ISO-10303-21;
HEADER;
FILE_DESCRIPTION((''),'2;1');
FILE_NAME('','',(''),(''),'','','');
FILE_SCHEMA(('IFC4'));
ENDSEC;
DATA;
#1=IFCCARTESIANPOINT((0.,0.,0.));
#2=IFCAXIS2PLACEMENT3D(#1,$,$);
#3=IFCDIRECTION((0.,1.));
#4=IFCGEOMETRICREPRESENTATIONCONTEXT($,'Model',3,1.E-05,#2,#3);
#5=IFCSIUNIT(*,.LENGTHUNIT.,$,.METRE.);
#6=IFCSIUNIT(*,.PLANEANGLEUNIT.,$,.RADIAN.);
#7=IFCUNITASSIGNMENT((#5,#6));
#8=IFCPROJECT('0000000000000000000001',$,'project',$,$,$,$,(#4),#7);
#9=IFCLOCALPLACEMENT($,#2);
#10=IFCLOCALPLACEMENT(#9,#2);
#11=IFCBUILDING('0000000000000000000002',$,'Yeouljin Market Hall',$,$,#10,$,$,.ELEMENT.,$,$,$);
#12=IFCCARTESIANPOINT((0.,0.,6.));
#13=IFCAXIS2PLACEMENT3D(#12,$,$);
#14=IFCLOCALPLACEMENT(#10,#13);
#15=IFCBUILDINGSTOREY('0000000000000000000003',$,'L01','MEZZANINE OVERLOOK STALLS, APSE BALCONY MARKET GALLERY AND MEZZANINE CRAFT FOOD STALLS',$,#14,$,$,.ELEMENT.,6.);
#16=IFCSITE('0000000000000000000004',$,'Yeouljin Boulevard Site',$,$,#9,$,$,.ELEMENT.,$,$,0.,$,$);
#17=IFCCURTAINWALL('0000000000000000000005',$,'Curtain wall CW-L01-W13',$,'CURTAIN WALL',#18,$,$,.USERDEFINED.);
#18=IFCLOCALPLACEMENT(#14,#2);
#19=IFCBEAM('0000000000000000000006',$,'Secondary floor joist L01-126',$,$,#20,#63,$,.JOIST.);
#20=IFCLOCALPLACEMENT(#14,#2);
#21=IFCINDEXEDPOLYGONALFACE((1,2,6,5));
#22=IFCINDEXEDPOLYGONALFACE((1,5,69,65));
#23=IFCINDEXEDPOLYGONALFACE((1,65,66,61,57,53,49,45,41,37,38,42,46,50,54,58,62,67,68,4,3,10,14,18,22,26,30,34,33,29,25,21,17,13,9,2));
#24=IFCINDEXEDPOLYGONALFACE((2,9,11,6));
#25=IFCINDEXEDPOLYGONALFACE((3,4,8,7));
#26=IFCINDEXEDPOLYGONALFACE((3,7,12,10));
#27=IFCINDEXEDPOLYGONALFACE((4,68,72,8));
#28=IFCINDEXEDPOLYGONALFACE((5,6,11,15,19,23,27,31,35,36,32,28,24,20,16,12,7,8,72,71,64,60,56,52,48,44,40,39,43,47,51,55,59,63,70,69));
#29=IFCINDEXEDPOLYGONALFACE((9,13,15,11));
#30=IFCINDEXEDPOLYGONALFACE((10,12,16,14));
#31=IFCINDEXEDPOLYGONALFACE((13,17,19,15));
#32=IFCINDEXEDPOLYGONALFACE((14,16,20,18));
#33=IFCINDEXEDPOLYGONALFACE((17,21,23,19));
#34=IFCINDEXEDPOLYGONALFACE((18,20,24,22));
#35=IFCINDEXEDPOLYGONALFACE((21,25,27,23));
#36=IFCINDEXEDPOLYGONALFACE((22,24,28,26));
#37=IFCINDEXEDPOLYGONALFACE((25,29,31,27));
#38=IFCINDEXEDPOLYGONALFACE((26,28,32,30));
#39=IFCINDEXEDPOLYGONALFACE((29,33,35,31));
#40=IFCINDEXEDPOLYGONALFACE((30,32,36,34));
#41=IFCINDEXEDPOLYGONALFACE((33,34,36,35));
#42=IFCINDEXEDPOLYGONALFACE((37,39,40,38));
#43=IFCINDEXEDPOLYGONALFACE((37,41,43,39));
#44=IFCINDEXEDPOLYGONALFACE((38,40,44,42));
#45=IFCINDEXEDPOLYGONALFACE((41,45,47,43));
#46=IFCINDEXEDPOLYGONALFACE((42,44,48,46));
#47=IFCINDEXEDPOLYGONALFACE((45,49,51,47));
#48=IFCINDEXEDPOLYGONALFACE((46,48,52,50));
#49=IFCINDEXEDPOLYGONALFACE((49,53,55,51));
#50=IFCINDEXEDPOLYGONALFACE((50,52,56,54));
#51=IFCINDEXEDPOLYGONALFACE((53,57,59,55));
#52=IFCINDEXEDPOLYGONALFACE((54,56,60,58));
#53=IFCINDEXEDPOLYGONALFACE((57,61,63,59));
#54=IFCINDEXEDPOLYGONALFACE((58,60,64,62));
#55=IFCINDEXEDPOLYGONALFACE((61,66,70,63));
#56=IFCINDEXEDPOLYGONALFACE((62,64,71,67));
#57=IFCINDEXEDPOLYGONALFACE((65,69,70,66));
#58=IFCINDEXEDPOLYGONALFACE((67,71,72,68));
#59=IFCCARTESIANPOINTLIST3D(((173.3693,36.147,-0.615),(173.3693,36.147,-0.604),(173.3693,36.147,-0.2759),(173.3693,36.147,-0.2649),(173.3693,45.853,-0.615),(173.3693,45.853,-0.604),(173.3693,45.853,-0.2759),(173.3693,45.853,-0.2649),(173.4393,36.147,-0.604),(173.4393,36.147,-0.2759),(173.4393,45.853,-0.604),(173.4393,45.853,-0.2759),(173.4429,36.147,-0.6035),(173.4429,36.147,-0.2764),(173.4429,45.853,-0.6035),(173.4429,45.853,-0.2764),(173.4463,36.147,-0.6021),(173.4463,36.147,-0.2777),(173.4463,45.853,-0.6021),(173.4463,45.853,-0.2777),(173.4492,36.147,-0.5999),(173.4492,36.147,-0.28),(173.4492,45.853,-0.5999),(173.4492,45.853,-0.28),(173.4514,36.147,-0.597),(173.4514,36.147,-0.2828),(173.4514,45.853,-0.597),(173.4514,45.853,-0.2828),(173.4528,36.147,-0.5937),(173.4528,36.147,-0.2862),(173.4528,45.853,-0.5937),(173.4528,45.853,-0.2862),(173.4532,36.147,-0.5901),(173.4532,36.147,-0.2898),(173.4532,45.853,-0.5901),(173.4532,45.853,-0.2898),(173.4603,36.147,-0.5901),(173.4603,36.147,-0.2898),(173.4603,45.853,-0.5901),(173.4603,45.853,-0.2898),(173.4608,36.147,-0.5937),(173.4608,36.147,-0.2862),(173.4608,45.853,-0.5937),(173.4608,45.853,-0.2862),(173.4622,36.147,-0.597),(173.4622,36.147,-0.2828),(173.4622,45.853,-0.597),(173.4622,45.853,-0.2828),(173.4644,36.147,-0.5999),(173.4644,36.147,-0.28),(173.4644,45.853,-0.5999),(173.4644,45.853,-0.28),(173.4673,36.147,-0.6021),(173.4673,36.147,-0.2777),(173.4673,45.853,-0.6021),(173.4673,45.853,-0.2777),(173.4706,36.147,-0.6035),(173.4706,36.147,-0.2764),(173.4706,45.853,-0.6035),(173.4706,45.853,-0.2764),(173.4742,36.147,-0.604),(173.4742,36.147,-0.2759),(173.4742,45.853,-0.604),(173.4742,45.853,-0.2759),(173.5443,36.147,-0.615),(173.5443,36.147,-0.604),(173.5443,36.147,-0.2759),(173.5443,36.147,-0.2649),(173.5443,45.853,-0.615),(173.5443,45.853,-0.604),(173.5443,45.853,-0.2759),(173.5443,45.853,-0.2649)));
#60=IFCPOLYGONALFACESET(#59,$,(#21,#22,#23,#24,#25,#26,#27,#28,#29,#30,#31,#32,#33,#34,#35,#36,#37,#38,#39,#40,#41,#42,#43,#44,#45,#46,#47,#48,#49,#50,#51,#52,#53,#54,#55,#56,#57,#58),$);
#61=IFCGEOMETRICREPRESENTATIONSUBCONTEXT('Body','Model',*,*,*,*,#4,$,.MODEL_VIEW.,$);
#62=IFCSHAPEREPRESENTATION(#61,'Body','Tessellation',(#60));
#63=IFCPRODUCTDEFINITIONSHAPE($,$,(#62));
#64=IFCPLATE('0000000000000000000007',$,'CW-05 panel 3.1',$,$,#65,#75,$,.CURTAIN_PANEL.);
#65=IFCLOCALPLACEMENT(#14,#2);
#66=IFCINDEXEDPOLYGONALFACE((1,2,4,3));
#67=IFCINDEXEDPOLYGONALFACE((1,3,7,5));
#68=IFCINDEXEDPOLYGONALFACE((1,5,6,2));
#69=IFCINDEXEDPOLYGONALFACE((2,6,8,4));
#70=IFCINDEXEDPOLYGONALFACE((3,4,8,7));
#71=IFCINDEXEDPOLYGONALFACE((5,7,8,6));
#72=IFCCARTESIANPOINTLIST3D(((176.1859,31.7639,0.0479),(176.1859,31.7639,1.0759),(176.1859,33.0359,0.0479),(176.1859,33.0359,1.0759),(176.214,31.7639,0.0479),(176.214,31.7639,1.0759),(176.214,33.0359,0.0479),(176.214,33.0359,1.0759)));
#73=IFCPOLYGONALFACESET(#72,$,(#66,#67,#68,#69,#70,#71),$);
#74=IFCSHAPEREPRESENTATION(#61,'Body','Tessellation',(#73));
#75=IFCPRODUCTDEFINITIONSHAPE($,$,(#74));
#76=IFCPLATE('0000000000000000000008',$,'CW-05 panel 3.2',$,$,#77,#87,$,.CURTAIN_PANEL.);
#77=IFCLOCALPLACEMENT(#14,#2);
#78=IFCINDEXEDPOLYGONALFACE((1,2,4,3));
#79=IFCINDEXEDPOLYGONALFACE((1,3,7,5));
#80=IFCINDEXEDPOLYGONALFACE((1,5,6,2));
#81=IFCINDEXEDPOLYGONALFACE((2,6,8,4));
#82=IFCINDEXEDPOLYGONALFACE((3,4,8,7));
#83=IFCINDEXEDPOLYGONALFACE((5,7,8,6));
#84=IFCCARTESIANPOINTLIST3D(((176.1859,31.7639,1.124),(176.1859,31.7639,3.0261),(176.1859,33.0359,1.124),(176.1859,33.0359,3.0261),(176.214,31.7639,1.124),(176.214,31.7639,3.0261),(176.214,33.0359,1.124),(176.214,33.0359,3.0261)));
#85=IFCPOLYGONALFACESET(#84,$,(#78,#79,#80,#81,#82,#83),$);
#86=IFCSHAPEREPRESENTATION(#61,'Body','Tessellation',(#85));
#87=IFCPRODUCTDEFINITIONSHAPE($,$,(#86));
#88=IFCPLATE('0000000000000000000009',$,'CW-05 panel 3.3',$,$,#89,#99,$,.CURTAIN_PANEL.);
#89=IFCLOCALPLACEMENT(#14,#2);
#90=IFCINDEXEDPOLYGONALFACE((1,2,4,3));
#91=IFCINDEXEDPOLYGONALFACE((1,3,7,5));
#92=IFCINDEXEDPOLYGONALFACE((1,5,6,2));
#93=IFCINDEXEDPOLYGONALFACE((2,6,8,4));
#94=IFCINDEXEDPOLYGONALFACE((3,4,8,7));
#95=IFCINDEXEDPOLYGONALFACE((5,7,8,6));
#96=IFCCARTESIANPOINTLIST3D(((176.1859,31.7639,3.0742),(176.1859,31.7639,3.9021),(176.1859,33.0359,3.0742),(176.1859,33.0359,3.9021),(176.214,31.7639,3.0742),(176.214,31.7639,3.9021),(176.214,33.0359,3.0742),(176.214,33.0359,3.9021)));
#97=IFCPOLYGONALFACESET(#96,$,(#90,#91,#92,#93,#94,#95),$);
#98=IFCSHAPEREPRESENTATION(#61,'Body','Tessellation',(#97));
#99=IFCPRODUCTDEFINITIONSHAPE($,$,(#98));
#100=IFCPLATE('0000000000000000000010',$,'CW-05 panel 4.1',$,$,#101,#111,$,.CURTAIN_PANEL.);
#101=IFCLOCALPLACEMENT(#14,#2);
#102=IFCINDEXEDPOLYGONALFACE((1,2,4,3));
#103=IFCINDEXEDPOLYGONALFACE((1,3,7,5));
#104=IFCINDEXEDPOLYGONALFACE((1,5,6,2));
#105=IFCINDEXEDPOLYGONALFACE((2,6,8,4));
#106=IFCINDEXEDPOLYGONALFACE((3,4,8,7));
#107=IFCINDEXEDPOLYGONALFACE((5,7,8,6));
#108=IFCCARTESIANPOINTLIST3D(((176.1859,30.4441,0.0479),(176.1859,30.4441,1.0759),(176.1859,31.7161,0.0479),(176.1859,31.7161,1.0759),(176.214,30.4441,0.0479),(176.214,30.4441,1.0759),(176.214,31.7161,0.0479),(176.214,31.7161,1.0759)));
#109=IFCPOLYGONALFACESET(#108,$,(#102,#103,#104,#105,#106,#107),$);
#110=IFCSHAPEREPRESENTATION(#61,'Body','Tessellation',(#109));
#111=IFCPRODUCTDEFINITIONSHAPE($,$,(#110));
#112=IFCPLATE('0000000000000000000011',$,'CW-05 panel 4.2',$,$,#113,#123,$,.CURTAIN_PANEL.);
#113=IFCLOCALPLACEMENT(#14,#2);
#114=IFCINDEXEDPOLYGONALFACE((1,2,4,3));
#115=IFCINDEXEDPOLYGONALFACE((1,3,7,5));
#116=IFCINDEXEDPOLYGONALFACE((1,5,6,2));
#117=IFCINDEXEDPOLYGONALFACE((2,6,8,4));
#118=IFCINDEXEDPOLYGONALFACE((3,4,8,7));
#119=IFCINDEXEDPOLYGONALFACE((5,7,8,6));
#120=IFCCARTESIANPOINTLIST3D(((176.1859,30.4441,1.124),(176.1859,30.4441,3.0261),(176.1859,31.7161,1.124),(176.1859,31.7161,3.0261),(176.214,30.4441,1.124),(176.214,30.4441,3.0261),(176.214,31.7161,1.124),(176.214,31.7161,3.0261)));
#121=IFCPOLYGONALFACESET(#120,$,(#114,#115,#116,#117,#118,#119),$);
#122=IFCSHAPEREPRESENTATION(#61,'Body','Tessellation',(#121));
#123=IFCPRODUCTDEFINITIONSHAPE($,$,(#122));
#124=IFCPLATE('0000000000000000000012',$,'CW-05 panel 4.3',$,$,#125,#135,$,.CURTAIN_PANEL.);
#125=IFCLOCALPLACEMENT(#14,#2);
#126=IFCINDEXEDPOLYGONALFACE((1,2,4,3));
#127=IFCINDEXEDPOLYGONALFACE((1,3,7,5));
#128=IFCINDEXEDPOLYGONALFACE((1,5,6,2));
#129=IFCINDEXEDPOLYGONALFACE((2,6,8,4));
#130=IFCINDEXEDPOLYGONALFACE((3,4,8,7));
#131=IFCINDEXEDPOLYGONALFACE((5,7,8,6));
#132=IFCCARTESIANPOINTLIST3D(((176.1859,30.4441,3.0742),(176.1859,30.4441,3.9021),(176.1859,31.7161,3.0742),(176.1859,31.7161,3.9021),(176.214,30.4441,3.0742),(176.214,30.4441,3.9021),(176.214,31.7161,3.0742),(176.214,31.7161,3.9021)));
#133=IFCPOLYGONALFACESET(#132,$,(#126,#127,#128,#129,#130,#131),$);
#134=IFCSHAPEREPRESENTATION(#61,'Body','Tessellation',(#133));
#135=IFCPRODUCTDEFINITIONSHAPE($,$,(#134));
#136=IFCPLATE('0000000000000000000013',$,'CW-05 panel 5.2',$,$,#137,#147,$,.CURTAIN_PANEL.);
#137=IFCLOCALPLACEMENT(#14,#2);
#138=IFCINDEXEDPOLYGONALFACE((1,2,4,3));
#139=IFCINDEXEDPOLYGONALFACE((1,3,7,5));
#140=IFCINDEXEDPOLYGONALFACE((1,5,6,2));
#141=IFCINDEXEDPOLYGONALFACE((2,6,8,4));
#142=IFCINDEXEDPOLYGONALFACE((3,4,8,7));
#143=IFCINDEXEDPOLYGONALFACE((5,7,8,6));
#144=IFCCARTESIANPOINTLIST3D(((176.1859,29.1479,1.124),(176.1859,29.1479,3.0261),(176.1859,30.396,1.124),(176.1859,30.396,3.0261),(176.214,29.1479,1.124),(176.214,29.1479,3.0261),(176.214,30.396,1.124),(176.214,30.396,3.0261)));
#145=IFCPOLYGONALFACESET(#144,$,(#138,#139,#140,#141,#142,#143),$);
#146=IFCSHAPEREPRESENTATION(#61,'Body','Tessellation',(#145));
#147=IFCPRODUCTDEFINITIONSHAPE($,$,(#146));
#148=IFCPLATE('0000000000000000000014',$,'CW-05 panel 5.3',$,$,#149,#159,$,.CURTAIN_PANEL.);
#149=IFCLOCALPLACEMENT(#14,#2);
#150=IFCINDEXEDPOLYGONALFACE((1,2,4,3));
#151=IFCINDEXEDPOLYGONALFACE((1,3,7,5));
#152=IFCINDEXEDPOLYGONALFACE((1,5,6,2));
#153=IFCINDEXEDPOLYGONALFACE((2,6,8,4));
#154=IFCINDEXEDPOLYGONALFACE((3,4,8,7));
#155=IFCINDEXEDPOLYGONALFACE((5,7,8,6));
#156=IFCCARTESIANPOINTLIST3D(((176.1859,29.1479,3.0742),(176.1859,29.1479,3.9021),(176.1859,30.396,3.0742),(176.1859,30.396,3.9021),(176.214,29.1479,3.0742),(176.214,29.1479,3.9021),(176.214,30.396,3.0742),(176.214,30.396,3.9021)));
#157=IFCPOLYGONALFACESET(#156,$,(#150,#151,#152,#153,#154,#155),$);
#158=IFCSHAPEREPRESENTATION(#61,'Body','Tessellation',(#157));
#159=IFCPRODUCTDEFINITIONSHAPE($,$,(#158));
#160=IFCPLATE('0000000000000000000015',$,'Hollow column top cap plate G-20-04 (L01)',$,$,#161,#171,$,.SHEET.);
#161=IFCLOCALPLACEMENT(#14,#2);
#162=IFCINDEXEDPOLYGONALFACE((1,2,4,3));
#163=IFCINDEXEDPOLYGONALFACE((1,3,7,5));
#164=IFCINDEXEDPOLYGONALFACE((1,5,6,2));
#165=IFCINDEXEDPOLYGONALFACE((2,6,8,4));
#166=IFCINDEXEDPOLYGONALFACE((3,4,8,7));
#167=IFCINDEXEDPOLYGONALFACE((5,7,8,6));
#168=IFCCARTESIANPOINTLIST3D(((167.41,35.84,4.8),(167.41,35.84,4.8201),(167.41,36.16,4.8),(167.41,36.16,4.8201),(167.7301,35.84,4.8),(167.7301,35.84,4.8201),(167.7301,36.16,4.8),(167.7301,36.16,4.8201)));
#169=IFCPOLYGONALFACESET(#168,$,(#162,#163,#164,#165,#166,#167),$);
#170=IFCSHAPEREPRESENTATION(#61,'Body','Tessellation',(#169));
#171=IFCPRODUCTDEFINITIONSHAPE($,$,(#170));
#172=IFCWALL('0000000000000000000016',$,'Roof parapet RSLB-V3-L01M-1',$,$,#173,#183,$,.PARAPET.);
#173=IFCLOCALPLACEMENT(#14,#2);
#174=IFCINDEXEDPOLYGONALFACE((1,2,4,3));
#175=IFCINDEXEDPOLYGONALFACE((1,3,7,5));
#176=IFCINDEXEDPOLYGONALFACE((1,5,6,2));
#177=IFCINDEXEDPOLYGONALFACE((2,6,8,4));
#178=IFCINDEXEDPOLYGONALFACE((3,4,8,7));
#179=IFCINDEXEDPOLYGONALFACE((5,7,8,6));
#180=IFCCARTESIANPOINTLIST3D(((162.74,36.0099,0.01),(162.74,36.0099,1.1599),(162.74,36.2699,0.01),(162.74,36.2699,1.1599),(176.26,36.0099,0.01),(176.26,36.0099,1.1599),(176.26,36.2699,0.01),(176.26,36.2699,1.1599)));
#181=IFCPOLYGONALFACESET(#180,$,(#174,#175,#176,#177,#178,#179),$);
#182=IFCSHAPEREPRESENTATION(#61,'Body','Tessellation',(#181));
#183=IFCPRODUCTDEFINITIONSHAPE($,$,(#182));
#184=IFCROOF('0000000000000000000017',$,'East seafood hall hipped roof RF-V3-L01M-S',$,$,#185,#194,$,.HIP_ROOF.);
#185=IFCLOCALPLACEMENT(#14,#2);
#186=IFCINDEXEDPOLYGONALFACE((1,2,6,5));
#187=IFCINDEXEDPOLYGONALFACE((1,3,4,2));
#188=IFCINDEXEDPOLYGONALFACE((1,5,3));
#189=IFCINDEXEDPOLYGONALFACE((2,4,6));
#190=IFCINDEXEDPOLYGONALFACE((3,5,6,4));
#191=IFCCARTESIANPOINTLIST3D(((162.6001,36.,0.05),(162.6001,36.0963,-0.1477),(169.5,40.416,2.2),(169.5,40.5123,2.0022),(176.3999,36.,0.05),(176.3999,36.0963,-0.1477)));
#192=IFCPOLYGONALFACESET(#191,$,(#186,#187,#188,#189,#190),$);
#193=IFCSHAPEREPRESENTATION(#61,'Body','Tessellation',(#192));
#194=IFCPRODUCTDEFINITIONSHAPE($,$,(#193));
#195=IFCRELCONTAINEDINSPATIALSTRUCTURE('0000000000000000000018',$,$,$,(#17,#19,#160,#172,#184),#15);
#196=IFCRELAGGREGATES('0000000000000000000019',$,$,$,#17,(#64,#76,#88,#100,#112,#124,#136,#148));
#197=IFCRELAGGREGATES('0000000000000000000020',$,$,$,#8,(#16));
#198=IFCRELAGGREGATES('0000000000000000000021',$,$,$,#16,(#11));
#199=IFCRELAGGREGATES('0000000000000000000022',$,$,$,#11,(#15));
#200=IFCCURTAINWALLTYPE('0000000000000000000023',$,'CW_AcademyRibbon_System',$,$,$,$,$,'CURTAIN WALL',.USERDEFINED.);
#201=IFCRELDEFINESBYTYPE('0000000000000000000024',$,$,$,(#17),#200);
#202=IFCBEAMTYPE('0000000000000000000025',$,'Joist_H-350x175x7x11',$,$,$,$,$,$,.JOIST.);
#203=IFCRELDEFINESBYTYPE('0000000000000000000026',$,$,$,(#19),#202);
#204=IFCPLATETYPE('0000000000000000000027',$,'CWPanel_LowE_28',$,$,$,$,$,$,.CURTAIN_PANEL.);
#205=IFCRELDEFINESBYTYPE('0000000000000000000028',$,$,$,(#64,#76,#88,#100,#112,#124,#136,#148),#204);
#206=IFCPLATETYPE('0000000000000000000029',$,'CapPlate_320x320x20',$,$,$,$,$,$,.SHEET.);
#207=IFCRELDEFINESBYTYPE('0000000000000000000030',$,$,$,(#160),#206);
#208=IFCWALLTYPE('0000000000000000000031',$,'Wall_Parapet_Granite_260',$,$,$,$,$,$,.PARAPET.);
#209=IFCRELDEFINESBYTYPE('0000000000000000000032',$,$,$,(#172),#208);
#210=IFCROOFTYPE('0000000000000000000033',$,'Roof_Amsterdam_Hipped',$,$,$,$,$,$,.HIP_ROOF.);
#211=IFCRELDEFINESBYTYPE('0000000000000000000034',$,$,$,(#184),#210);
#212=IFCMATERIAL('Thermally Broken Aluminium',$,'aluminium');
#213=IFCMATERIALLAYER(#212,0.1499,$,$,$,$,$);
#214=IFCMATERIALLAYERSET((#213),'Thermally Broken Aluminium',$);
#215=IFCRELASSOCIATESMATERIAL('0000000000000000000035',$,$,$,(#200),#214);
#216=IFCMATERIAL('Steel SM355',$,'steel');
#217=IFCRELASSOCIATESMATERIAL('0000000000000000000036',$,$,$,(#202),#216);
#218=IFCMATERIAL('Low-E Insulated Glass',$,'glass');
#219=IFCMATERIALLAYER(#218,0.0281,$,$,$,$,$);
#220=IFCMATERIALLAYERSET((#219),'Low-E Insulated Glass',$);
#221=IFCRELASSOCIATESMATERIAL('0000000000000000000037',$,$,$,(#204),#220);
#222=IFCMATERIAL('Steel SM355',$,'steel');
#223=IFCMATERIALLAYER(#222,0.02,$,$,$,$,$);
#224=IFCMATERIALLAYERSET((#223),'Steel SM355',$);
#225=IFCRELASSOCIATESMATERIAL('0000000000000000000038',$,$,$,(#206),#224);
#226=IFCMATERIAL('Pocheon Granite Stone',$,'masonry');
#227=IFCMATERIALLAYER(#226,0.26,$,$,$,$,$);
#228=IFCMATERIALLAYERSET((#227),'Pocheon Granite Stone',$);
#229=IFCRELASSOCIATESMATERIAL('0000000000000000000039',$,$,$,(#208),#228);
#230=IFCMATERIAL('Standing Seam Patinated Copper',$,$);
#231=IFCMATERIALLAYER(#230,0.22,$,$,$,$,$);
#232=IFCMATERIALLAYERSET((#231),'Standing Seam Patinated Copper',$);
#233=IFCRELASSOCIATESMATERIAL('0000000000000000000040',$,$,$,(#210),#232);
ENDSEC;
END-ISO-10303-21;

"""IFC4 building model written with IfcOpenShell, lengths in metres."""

from ifc_helpers import new_model, si_unit, direction, frame, frame_2d, origin, origin_2d, place, context, subcontext, project, spatial, polyline, rectangle, i_section, outline, extrude, material, layer, layer_set, material_profile, profile_set, type_object, element, aggregate, save


model = new_model("IFC4")

# Units and contexts
model_context = context("Model", 3, precision=1e-05, world=origin(), true_north=direction((0.0, 1.0)))
body_context = subcontext(model_context, "Body", "Model", "MODEL_VIEW")
ifc_project = project(units=[si_unit("LENGTHUNIT", "METRE"), si_unit("PLANEANGLEUNIT", "RADIAN")], contexts=[model_context])

# Site, building, storey
site_placement = place(None, origin())
site = spatial("IfcSite", under=ifc_project, at=site_placement, Name="Yeouljin Boulevard Site", CompositionType="ELEMENT", RefElevation=0.0)
building_placement = place(site_placement, origin())
building = spatial("IfcBuilding", under=site, at=building_placement, Name="Yeouljin Market Hall", CompositionType="ELEMENT")
storey_placement = place(building_placement, frame((0.0, 0.0, 6.0)))
storey = spatial("IfcBuildingStorey", under=building, at=storey_placement, Name="L01", Description="MEZZANINE OVERLOOK STALLS, APSE BALCONY MARKET GALLERY AND MEZZANINE CRAFT FOOD STALLS", CompositionType="ELEMENT", Elevation=6.0)

# Curtain wall
ifc_material_1 = material(Name="Thermally Broken Aluminium", Category="aluminium")
ifc_layer_1 = layer(ifc_material_1, 0.1499)
ifc_layer_set_1 = layer_set([ifc_layer_1], Name="Thermally Broken Aluminium")
curtain_wall_type = type_object("IfcCurtainWallType", Name="CW_AcademyRibbon_System", ElementType="CURTAIN WALL", PredefinedType="USERDEFINED", material=ifc_layer_set_1)
curtain_wall_placement = place(storey_placement, origin())
curtain_wall = element("IfcCurtainWall", 1, at=curtain_wall_placement, inside=storey, type_object=curtain_wall_type, Name="Curtain wall CW-L01-W13", ObjectType="CURTAIN WALL", PredefinedType="USERDEFINED")

# Beam
ifc_material_2 = material(Name="Steel SM355", Category="steel")
ifc_material_profile_1 = material_profile(ifc_material_2, i_section(OverallWidth=0.175, OverallDepth=0.3501, WebThickness=0.0071, FlangeThickness=0.011, FilletRadius=0.0139, at=origin_2d()), Name="H-350x175x7x11")
ifc_profile_set_1 = profile_set([ifc_material_profile_1], Name="Steel SM355")
beam_type_1 = type_object("IfcBeamType", Name="Joist_H-350x175x7x11", PredefinedType="JOIST", material=ifc_profile_set_1)
for number, where, z_axis, x_axis, name in (
    (2, (173.4568, 36.147, -0.4399), (0.0, 1.0, 0.0), (-1.0, 0.0, 0.0), "Secondary floor joist L01-126"),
):
    element("IfcBeam", number, at=place(storey_placement, frame(where, z_axis=z_axis, x_axis=x_axis)), inside=storey, type_object=beam_type_1, Name=name, PredefinedType="JOIST", context=body_context, shape_type="SweptSolid", body=[
        extrude(i_section(OverallWidth=0.175, OverallDepth=0.3501, WebThickness=0.0071, FlangeThickness=0.011, FilletRadius=0.0139, at=origin_2d()), origin(), (0.0, 0.0, 1.0), 9.7061),
    ])

# Plates
ifc_material_3 = material(Name="Low-E Insulated Glass", Category="glass")
ifc_layer_2 = layer(ifc_material_3, 0.0281)
ifc_layer_set_2 = layer_set([ifc_layer_2], Name="Low-E Insulated Glass")
plate_type_1 = type_object("IfcPlateType", Name="CWPanel_LowE_28", PredefinedType="CURTAIN_PANEL", material=ifc_layer_set_2)
plate_1_placement = place(storey_placement, frame((176.2, 32.3999, 0.0479), z_axis=(0.0, 0.0, 1.0), x_axis=(0.0, -1.0, 0.0)))
plate_1 = element("IfcPlate", 3, at=plate_1_placement, type_object=plate_type_1, Name="CW-05 panel 3.1", PredefinedType="CURTAIN_PANEL", context=body_context, shape_type="SweptSolid", body=[
    extrude(rectangle(XDim=1.272, YDim=0.0281, at=origin_2d()), origin(), (0.0, 0.0, 1.0), 1.0281),
])
plate_2_placement = place(storey_placement, frame((176.2, 32.3999, 1.124), z_axis=(0.0, 0.0, 1.0), x_axis=(0.0, -1.0, 0.0)))
plate_2 = element("IfcPlate", 4, at=plate_2_placement, type_object=plate_type_1, Name="CW-05 panel 3.2", PredefinedType="CURTAIN_PANEL", context=body_context, shape_type="SweptSolid", body=[
    extrude(rectangle(XDim=1.272, YDim=0.0281, at=origin_2d()), origin(), (0.0, 0.0, 1.0), 1.9021),
])
plate_3_placement = place(storey_placement, frame((176.2, 32.3999, 3.0742), z_axis=(0.0, 0.0, 1.0), x_axis=(0.0, -1.0, 0.0)))
plate_3 = element("IfcPlate", 5, at=plate_3_placement, type_object=plate_type_1, Name="CW-05 panel 3.3", PredefinedType="CURTAIN_PANEL", context=body_context, shape_type="SweptSolid", body=[
    extrude(rectangle(XDim=1.272, YDim=0.0281, at=origin_2d()), origin(), (0.0, 0.0, 1.0), 0.8279),
])
plate_4_placement = place(storey_placement, frame((176.2, 31.0801, 0.0479), z_axis=(0.0, 0.0, 1.0), x_axis=(0.0, -1.0, 0.0)))
plate_4 = element("IfcPlate", 6, at=plate_4_placement, type_object=plate_type_1, Name="CW-05 panel 4.1", PredefinedType="CURTAIN_PANEL", context=body_context, shape_type="SweptSolid", body=[
    extrude(rectangle(XDim=1.272, YDim=0.0281, at=origin_2d()), origin(), (0.0, 0.0, 1.0), 1.0281),
])
plate_5_placement = place(storey_placement, frame((176.2, 31.0801, 1.124), z_axis=(0.0, 0.0, 1.0), x_axis=(0.0, -1.0, 0.0)))
plate_5 = element("IfcPlate", 7, at=plate_5_placement, type_object=plate_type_1, Name="CW-05 panel 4.2", PredefinedType="CURTAIN_PANEL", context=body_context, shape_type="SweptSolid", body=[
    extrude(rectangle(XDim=1.272, YDim=0.0281, at=origin_2d()), origin(), (0.0, 0.0, 1.0), 1.9021),
])
plate_6_placement = place(storey_placement, frame((176.2, 31.0801, 3.0742), z_axis=(0.0, 0.0, 1.0), x_axis=(0.0, -1.0, 0.0)))
plate_6 = element("IfcPlate", 8, at=plate_6_placement, type_object=plate_type_1, Name="CW-05 panel 4.3", PredefinedType="CURTAIN_PANEL", context=body_context, shape_type="SweptSolid", body=[
    extrude(rectangle(XDim=1.272, YDim=0.0281, at=origin_2d()), origin(), (0.0, 0.0, 1.0), 0.8279),
])
plate_7_placement = place(storey_placement, frame((176.2, 29.772, 1.124), z_axis=(0.0, 0.0, 1.0), x_axis=(0.0, -1.0, 0.0)))
plate_7 = element("IfcPlate", 9, at=plate_7_placement, type_object=plate_type_1, Name="CW-05 panel 5.2", PredefinedType="CURTAIN_PANEL", context=body_context, shape_type="SweptSolid", body=[
    extrude(rectangle(XDim=1.248, YDim=0.0281, at=origin_2d()), origin(), (0.0, 0.0, 1.0), 1.9021),
])
plate_8_placement = place(storey_placement, frame((176.2, 29.772, 3.0742), z_axis=(0.0, 0.0, 1.0), x_axis=(0.0, -1.0, 0.0)))
plate_8 = element("IfcPlate", 10, at=plate_8_placement, type_object=plate_type_1, Name="CW-05 panel 5.3", PredefinedType="CURTAIN_PANEL", context=body_context, shape_type="SweptSolid", body=[
    extrude(rectangle(XDim=1.248, YDim=0.0281, at=origin_2d()), origin(), (0.0, 0.0, 1.0), 0.8279),
])
aggregate(curtain_wall, [plate_1, plate_2, plate_3, plate_4, plate_5, plate_6, plate_7, plate_8])
ifc_material_4 = material(Name="Steel SM355", Category="steel")
ifc_layer_3 = layer(ifc_material_4, 0.02)
ifc_layer_set_3 = layer_set([ifc_layer_3], Name="Steel SM355")
plate_type_2 = type_object("IfcPlateType", Name="CapPlate_320x320x20", PredefinedType="SHEET", material=ifc_layer_set_3)
plate_9_placement = place(storey_placement, frame((167.5701, 36.0, 4.8), z_axis=(0.0, 0.0, 1.0), x_axis=(1.0, 0.0, 0.0)))
element("IfcPlate", 11, at=plate_9_placement, inside=storey, type_object=plate_type_2, Name="Hollow column top cap plate G-20-04 (L01)", PredefinedType="SHEET", context=body_context, shape_type="SweptSolid", body=[
    extrude(rectangle(XDim=0.3201, YDim=0.3201, at=origin_2d()), origin(), (0.0, 0.0, 1.0), 0.02),
])

# Wall
ifc_material_5 = material(Name="Pocheon Granite Stone", Category="masonry")
ifc_layer_4 = layer(ifc_material_5, 0.26)
ifc_layer_set_4 = layer_set([ifc_layer_4], Name="Pocheon Granite Stone")
wall_type = type_object("IfcWallType", Name="Wall_Parapet_Granite_260", PredefinedType="PARAPET", material=ifc_layer_set_4)
wall_placement = place(storey_placement, frame((162.74, 36.1399, 0.01), z_axis=(0.0, 0.0, 1.0), x_axis=(1.0, 0.0, 0.0)))
element("IfcWall", 12, at=wall_placement, inside=storey, type_object=wall_type, Name="Roof parapet RSLB-V3-L01M-1", PredefinedType="PARAPET", context=body_context, shape_type="SweptSolid", body=[
    extrude(rectangle(XDim=13.52, YDim=0.26, at=frame_2d((6.76, 0.0))), origin(), (0.0, 0.0, 1.0), 1.1499),
])

# Roof
ifc_material_6 = material(Name="Standing Seam Patinated Copper")
ifc_layer_5 = layer(ifc_material_6, 0.22)
ifc_layer_set_5 = layer_set([ifc_layer_5], Name="Standing Seam Patinated Copper")
roof_type = type_object("IfcRoofType", Name="Roof_Amsterdam_Hipped", PredefinedType="HIP_ROOF", material=ifc_layer_set_5)
roof_placement = place(storey_placement, frame((162.6001, 36.0, 0.05), z_axis=(0.0, -0.437724, 0.899109), x_axis=(1.0, 0.0, 0.0)))
element("IfcRoof", 13, at=roof_placement, inside=storey, type_object=roof_type, Name="East seafood hall hipped roof RF-V3-L01M-S", PredefinedType="HIP_ROOF", context=body_context, shape_type="SweptSolid", body=[
    extrude(outline(polyline([(0.0, 0.0), (13.7998, 0.0), (6.8999, 4.9115), (0.0, 0.0)])), origin(), (0.0, 0.0, -1.0), 0.22),
])

save(model, "model.ifc")
